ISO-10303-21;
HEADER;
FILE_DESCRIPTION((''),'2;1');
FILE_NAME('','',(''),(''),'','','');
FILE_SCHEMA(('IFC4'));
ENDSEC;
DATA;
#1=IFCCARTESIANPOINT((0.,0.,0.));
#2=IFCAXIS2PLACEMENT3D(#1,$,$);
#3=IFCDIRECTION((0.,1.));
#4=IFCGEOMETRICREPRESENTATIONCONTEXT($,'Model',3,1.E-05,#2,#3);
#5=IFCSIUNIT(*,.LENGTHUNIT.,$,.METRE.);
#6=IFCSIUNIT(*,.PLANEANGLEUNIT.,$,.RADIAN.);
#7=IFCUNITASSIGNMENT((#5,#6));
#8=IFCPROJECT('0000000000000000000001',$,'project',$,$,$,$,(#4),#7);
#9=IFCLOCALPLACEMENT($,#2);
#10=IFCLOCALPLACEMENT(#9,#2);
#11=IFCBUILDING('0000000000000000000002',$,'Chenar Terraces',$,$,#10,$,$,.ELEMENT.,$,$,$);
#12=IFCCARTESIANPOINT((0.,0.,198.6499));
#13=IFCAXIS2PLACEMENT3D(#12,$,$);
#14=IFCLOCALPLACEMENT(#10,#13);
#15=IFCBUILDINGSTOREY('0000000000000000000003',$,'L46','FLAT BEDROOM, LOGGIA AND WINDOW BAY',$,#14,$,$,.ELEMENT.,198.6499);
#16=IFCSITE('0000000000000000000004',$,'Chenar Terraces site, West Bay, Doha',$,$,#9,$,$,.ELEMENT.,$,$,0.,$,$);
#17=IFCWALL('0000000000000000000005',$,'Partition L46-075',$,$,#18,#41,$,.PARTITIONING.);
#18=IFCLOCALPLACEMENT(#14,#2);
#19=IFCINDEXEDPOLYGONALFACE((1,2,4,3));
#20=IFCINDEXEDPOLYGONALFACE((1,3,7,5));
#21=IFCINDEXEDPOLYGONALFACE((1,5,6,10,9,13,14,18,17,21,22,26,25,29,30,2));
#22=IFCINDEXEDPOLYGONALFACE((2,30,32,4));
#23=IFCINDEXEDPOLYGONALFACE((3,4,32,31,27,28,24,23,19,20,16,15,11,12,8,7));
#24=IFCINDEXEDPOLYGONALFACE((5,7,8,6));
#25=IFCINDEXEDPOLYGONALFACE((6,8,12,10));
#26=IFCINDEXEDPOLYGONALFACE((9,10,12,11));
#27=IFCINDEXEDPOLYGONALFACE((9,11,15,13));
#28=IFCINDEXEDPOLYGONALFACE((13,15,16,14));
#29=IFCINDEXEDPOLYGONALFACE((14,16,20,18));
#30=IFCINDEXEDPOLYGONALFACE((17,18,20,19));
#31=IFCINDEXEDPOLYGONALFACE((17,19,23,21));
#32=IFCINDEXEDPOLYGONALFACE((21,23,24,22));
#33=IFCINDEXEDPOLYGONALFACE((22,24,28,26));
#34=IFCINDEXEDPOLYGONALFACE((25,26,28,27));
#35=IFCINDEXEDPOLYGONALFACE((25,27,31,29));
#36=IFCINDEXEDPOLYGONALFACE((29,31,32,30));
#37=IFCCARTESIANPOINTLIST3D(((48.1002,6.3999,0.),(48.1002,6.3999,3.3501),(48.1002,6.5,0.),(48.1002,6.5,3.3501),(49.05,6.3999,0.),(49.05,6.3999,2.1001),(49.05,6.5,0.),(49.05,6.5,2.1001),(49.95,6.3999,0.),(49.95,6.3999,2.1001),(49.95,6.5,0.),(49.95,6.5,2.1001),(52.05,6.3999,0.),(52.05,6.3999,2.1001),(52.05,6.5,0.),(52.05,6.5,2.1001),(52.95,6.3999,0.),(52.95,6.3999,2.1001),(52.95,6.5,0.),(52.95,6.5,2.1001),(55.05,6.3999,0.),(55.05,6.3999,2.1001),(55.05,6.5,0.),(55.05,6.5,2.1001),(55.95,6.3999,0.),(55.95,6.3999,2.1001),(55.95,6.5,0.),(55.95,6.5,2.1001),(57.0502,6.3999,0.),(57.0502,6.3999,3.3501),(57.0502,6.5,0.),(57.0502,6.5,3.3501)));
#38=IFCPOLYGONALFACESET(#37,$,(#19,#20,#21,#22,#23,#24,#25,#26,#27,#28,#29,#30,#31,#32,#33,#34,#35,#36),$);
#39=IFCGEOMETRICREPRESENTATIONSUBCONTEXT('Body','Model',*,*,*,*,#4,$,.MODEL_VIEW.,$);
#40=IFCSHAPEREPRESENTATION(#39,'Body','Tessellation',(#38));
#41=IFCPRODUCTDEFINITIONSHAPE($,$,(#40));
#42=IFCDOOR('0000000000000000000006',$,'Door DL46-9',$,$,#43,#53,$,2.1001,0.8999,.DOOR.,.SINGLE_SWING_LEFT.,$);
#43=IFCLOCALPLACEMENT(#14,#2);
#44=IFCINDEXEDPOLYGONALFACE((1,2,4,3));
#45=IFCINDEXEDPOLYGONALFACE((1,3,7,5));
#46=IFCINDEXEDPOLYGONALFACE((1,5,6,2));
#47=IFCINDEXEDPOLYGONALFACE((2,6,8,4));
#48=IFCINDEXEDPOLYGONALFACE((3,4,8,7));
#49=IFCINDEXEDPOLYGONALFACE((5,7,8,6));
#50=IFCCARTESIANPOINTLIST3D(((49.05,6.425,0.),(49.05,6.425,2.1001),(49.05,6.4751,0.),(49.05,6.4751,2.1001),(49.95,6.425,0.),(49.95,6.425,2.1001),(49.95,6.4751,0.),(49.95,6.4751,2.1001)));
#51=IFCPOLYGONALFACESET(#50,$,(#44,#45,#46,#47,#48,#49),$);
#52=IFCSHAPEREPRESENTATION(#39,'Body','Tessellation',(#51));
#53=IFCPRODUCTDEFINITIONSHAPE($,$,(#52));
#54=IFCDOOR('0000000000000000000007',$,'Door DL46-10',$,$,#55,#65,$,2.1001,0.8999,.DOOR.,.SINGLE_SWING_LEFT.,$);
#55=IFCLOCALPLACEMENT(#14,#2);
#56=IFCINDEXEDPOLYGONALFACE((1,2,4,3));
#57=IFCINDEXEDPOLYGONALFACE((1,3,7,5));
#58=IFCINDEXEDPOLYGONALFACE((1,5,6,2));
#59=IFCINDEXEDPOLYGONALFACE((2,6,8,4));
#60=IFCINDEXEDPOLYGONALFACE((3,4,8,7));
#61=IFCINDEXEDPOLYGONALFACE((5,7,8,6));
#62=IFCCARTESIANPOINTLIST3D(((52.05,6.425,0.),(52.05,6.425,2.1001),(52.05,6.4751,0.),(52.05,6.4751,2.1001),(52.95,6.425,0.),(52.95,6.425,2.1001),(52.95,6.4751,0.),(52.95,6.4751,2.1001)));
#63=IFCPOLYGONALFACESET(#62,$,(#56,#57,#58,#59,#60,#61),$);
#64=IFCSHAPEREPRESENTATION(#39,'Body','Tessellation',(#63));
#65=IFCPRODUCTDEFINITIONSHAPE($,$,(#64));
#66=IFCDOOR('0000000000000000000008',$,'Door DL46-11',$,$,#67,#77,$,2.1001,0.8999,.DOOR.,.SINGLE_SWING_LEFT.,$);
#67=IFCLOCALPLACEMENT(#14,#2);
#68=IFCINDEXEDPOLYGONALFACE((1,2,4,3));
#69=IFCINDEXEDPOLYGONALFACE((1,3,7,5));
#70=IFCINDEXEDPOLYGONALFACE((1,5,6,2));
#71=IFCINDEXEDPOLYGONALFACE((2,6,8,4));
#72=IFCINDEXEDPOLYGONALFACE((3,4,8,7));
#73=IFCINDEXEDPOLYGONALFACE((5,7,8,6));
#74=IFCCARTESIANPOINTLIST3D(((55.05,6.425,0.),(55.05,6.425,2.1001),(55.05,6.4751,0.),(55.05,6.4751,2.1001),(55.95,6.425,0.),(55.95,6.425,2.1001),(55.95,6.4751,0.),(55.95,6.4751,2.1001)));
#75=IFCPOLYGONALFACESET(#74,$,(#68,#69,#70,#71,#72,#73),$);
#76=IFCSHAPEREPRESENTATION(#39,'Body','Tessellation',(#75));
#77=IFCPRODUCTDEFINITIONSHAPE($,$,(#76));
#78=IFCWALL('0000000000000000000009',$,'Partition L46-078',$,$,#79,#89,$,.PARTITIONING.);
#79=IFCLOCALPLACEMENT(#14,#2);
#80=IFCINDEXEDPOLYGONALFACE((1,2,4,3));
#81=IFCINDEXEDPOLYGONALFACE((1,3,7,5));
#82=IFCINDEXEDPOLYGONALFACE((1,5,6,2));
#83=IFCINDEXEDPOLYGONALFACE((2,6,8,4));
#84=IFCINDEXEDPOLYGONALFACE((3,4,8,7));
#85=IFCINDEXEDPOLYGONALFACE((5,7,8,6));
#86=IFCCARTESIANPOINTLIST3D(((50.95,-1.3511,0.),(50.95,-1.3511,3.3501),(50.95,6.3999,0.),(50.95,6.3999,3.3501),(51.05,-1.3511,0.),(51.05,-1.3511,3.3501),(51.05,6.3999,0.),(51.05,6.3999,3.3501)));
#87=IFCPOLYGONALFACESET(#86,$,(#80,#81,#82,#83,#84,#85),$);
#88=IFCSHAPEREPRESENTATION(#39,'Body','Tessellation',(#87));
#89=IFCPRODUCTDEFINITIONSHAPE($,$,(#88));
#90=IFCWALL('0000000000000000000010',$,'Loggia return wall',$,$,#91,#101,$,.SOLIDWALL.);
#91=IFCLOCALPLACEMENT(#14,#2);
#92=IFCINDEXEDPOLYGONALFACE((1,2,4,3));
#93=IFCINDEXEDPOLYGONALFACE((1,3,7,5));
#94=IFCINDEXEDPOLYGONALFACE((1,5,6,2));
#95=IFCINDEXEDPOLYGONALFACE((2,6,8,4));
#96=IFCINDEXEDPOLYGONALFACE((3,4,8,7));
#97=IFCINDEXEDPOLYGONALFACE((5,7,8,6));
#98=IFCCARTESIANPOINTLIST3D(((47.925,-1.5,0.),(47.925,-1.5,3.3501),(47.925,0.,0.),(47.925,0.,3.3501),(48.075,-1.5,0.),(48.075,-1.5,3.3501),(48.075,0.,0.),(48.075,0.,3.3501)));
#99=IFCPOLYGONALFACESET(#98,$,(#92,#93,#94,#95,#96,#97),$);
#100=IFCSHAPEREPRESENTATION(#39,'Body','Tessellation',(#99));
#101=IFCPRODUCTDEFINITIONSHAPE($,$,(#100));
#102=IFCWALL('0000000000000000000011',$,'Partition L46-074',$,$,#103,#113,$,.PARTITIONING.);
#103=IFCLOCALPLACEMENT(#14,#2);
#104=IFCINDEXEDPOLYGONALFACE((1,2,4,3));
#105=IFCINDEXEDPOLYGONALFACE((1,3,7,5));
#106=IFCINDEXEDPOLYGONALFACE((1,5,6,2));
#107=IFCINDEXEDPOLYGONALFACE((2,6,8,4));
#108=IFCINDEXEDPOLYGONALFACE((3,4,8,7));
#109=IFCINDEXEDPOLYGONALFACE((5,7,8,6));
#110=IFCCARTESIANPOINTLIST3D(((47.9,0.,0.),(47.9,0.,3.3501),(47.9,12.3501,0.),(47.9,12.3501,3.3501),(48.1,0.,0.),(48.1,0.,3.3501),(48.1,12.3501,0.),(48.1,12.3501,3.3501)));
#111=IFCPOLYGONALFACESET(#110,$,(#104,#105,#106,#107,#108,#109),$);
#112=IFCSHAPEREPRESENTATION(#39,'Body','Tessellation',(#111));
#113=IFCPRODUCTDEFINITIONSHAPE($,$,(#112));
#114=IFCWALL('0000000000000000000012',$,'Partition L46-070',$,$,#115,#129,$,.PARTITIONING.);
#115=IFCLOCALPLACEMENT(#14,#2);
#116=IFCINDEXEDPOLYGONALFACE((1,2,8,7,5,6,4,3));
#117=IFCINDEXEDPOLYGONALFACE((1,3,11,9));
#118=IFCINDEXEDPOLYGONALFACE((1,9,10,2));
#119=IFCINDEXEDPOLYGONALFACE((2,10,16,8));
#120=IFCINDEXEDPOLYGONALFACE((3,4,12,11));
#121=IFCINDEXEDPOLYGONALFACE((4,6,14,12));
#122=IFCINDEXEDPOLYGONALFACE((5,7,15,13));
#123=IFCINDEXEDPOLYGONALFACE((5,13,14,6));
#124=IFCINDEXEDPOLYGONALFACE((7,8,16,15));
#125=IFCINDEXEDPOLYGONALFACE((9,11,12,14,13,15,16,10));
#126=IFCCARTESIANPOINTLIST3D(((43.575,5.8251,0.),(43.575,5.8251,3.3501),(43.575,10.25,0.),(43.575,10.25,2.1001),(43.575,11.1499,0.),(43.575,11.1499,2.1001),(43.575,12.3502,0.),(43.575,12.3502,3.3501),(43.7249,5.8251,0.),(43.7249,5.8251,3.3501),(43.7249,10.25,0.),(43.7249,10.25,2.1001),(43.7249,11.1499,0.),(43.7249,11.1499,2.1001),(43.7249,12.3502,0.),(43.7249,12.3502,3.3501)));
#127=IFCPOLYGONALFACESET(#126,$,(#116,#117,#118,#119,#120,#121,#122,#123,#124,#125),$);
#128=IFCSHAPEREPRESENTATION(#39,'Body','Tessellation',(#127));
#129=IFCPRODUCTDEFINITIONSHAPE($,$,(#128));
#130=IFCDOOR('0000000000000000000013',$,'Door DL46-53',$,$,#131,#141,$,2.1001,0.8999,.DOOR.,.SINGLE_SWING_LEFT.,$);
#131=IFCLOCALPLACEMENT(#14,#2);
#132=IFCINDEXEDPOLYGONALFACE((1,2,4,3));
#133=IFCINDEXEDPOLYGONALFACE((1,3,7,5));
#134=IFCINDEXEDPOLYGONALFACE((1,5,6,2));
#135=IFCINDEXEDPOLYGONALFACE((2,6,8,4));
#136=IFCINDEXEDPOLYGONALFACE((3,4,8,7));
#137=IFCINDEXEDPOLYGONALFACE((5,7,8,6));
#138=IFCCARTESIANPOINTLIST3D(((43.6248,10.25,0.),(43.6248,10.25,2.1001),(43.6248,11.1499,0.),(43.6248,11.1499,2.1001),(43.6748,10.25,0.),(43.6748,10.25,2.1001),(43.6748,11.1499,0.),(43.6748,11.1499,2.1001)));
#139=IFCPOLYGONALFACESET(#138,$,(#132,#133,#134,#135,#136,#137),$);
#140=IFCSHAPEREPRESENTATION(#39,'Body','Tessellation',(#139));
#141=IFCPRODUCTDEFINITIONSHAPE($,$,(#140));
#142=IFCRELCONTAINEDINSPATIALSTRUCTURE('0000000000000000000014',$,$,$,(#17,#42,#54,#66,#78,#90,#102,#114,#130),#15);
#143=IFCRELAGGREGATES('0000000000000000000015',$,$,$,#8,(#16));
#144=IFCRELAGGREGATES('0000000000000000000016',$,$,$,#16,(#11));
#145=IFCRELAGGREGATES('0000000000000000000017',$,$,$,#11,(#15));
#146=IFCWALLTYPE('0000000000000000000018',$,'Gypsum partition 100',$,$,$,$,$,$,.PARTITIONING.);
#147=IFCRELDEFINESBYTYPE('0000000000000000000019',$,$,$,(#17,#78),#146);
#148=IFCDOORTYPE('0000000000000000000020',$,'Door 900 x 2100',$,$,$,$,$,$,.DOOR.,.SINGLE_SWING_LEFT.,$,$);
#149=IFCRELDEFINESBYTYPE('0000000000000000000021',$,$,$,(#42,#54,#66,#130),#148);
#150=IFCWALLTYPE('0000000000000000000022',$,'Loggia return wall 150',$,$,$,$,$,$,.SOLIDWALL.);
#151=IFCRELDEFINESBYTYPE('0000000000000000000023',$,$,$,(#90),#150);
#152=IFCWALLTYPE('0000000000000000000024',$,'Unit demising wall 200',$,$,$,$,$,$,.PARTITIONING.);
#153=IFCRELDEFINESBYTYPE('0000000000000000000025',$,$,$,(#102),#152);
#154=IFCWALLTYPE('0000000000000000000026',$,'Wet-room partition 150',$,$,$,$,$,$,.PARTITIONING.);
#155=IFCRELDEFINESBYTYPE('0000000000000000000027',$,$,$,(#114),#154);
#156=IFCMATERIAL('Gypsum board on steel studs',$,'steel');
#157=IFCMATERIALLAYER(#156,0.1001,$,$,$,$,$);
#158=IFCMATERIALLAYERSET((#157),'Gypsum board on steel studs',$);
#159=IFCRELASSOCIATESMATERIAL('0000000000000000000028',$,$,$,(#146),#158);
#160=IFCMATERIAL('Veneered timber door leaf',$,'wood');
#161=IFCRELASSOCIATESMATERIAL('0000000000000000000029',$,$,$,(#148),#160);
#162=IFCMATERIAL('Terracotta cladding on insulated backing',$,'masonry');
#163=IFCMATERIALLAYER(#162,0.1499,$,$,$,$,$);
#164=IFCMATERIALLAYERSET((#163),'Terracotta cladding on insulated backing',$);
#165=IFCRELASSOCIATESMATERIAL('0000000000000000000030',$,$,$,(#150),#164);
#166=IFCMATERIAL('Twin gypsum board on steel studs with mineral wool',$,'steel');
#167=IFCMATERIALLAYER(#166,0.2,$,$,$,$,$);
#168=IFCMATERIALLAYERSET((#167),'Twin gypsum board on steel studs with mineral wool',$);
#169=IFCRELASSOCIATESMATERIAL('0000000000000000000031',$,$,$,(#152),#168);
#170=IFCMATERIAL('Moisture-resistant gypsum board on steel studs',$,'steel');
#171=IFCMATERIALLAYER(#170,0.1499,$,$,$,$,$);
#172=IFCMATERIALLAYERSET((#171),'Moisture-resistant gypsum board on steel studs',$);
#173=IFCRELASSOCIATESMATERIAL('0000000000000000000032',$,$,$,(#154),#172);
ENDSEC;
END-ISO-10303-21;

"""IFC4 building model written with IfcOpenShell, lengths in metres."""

from ifc_helpers import new_model, si_unit, direction, frame, frame_2d, origin, place, context, subcontext, project, spatial, rectangle, extrude, material, layer, layer_set, type_object, element, fill, save


model = new_model("IFC4")

# Units and contexts
model_context = context("Model", 3, precision=1e-05, world=origin(), true_north=direction((0.0, 1.0)))
body_context = subcontext(model_context, "Body", "Model", "MODEL_VIEW")
ifc_project = project(units=[si_unit("LENGTHUNIT", "METRE"), si_unit("PLANEANGLEUNIT", "RADIAN")], contexts=[model_context])

# Site, building, storey
site_placement = place(None, origin())
site = spatial("IfcSite", under=ifc_project, at=site_placement, Name="Chenar Terraces site, West Bay, Doha", CompositionType="ELEMENT", RefElevation=0.0)
building_placement = place(site_placement, origin())
building = spatial("IfcBuilding", under=site, at=building_placement, Name="Chenar Terraces", CompositionType="ELEMENT")
storey_placement = place(building_placement, frame((0.0, 0.0, 198.6499)))
storey = spatial("IfcBuildingStorey", under=building, at=storey_placement, Name="L46", Description="FLAT BEDROOM, LOGGIA AND WINDOW BAY", CompositionType="ELEMENT", Elevation=198.6499)

# Wall, openings, doors
ifc_material_1 = material(Name="Gypsum board on steel studs", Category="steel")
ifc_layer_1 = layer(ifc_material_1, 0.1001)
ifc_layer_set_1 = layer_set([ifc_layer_1], Name="Gypsum board on steel studs")
wall_type_1 = type_object("IfcWallType", Name="Gypsum partition 100", PredefinedType="PARTITIONING", material=ifc_layer_set_1)
wall_1_placement = place(storey_placement, frame((48.1001, 6.45, 0.0), z_axis=(0.0, 0.0, 1.0), x_axis=(1.0, 0.0, 0.0)))
wall_1 = element("IfcWall", 1, at=wall_1_placement, inside=storey, type_object=wall_type_1, Name="Partition L46-075", PredefinedType="PARTITIONING", context=body_context, shape_type="SweptSolid", body=[
    extrude(rectangle(XDim=8.95, YDim=0.1001, at=frame_2d((4.4751, 0.0))), origin(), (0.0, 0.0, 1.0), 3.3501),
])
opening_1_placement = place(wall_1_placement, frame((0.95, 0.0, 0.0)))
opening_1 = element("IfcOpeningElement", 2, at=opening_1_placement, cuts=wall_1, PredefinedType="OPENING", context=body_context, shape_type="SweptSolid", body=[
    extrude(rectangle(XDim=0.8999, YDim=2.1001, at=frame_2d((0.45, 1.05))), frame((0.0, 0.0601, 0.0), z_axis=(0.0, -1.0, 0.0), x_axis=(1.0, 0.0, 0.0)), (0.0, 0.0, 1.0), 0.1201),
])
opening_2_placement = place(wall_1_placement, frame((3.95, 0.0, 0.0)))
opening_2 = element("IfcOpeningElement", 3, at=opening_2_placement, cuts=wall_1, PredefinedType="OPENING", context=body_context, shape_type="SweptSolid", body=[
    extrude(rectangle(XDim=0.8999, YDim=2.1001, at=frame_2d((0.45, 1.05))), frame((0.0, 0.0601, 0.0), z_axis=(0.0, -1.0, 0.0), x_axis=(1.0, 0.0, 0.0)), (0.0, 0.0, 1.0), 0.1201),
])
opening_3_placement = place(wall_1_placement, frame((6.95, 0.0, 0.0)))
opening_3 = element("IfcOpeningElement", 4, at=opening_3_placement, cuts=wall_1, PredefinedType="OPENING", context=body_context, shape_type="SweptSolid", body=[
    extrude(rectangle(XDim=0.8999, YDim=2.1001, at=frame_2d((0.45, 1.05))), frame((0.0, 0.0601, 0.0), z_axis=(0.0, -1.0, 0.0), x_axis=(1.0, 0.0, 0.0)), (0.0, 0.0, 1.0), 0.1201),
])
ifc_material_2 = material(Name="Veneered timber door leaf", Category="wood")
door_type_1 = type_object("IfcDoorType", Name="Door 900 x 2100", OperationType="SINGLE_SWING_LEFT", PredefinedType="DOOR", material=ifc_material_2)
door_1_placement = place(opening_1_placement, frame((0.8999, 0.0, 0.0), z_axis=(0.0, 0.0, 1.0), x_axis=(-1.0, 0.0, 0.0)))
door_1 = element("IfcDoor", 5, at=door_1_placement, inside=storey, type_object=door_type_1, Name="Door DL46-9", OperationType="SINGLE_SWING_LEFT", OverallHeight=2.1001, OverallWidth=0.8999, PredefinedType="DOOR", context=body_context, shape_type="SweptSolid", body=[
    extrude(rectangle(XDim=0.8999, YDim=2.1001, at=frame_2d((0.45, 1.05))), frame((0.0, 0.0249, 0.0), z_axis=(0.0, -1.0, 0.0), x_axis=(1.0, 0.0, 0.0)), (0.0, 0.0, 1.0), 0.05),
])
fill(opening_1, door_1)
door_2_placement = place(opening_2_placement, frame((0.8999, 0.0, 0.0), z_axis=(0.0, 0.0, 1.0), x_axis=(-1.0, 0.0, 0.0)))
door_2 = element("IfcDoor", 6, at=door_2_placement, inside=storey, type_object=door_type_1, Name="Door DL46-10", OperationType="SINGLE_SWING_LEFT", OverallHeight=2.1001, OverallWidth=0.8999, PredefinedType="DOOR", context=body_context, shape_type="SweptSolid", body=[
    extrude(rectangle(XDim=0.8999, YDim=2.1001, at=frame_2d((0.45, 1.05))), frame((0.0, 0.0249, 0.0), z_axis=(0.0, -1.0, 0.0), x_axis=(1.0, 0.0, 0.0)), (0.0, 0.0, 1.0), 0.05),
])
fill(opening_2, door_2)
door_3_placement = place(opening_3_placement, frame((0.8999, 0.0, 0.0), z_axis=(0.0, 0.0, 1.0), x_axis=(-1.0, 0.0, 0.0)))
door_3 = element("IfcDoor", 7, at=door_3_placement, inside=storey, type_object=door_type_1, Name="Door DL46-11", OperationType="SINGLE_SWING_LEFT", OverallHeight=2.1001, OverallWidth=0.8999, PredefinedType="DOOR", context=body_context, shape_type="SweptSolid", body=[
    extrude(rectangle(XDim=0.8999, YDim=2.1001, at=frame_2d((0.45, 1.05))), frame((0.0, 0.0249, 0.0), z_axis=(0.0, -1.0, 0.0), x_axis=(1.0, 0.0, 0.0)), (0.0, 0.0, 1.0), 0.05),
])
fill(opening_3, door_3)

# Walls
wall_2_placement = place(storey_placement, frame((51.0, -1.3511, 0.0), z_axis=(0.0, 0.0, 1.0), x_axis=(0.0, 1.0, 0.0)))
element("IfcWall", 8, at=wall_2_placement, inside=storey, type_object=wall_type_1, Name="Partition L46-078", PredefinedType="PARTITIONING", context=body_context, shape_type="SweptSolid", body=[
    extrude(rectangle(XDim=7.751, YDim=0.1001, at=frame_2d((3.8755, 0.0))), origin(), (0.0, 0.0, 1.0), 3.3501),
])
ifc_material_3 = material(Name="Terracotta cladding on insulated backing", Category="masonry")
ifc_layer_2 = layer(ifc_material_3, 0.1499)
ifc_layer_set_2 = layer_set([ifc_layer_2], Name="Terracotta cladding on insulated backing")
wall_type_2 = type_object("IfcWallType", Name="Loggia return wall 150", PredefinedType="SOLIDWALL", material=ifc_layer_set_2)
wall_3_placement = place(storey_placement, frame((48.0, -1.5, 0.0), z_axis=(0.0, 0.0, 1.0), x_axis=(0.0, 1.0, 0.0)))
element("IfcWall", 9, at=wall_3_placement, inside=storey, type_object=wall_type_2, Name="Loggia return wall", PredefinedType="SOLIDWALL", context=body_context, shape_type="SweptSolid", body=[
    extrude(rectangle(XDim=1.5, YDim=0.1499, at=frame_2d((0.75, 0.0))), origin(), (0.0, 0.0, 1.0), 3.3501),
])
ifc_material_4 = material(Name="Twin gypsum board on steel studs with mineral wool", Category="steel")
ifc_layer_3 = layer(ifc_material_4, 0.2)
ifc_layer_set_3 = layer_set([ifc_layer_3], Name="Twin gypsum board on steel studs with mineral wool")
wall_type_3 = type_object("IfcWallType", Name="Unit demising wall 200", PredefinedType="PARTITIONING", material=ifc_layer_set_3)
wall_4_placement = place(storey_placement, frame((48.0, 0.0, 0.0), z_axis=(0.0, 0.0, 1.0), x_axis=(0.0, 1.0, 0.0)))
element("IfcWall", 10, at=wall_4_placement, inside=storey, type_object=wall_type_3, Name="Partition L46-074", PredefinedType="PARTITIONING", context=body_context, shape_type="SweptSolid", body=[
    extrude(rectangle(XDim=12.3501, YDim=0.2, at=frame_2d((6.175, 0.0))), origin(), (0.0, 0.0, 1.0), 3.3501),
])

# Wall, opening, door
ifc_material_5 = material(Name="Moisture-resistant gypsum board on steel studs", Category="steel")
ifc_layer_4 = layer(ifc_material_5, 0.1499)
ifc_layer_set_4 = layer_set([ifc_layer_4], Name="Moisture-resistant gypsum board on steel studs")
wall_type_4 = type_object("IfcWallType", Name="Wet-room partition 150", PredefinedType="PARTITIONING", material=ifc_layer_set_4)
wall_5_placement = place(storey_placement, frame((43.6499, 5.825, 0.0), z_axis=(0.0, 0.0, 1.0), x_axis=(0.0, 1.0, 0.0)))
wall_5 = element("IfcWall", 11, at=wall_5_placement, inside=storey, type_object=wall_type_4, Name="Partition L46-070", PredefinedType="PARTITIONING", context=body_context, shape_type="SweptSolid", body=[
    extrude(rectangle(XDim=6.5251, YDim=0.1499, at=frame_2d((3.2627, 0.0))), origin(), (0.0, 0.0, 1.0), 3.3501),
])
opening_4_placement = place(wall_5_placement, frame((4.425, 0.0, 0.0)))
opening_4 = element("IfcOpeningElement", 12, at=opening_4_placement, cuts=wall_5, PredefinedType="OPENING", context=body_context, shape_type="SweptSolid", body=[
    extrude(rectangle(XDim=0.8999, YDim=2.1001, at=frame_2d((0.45, 1.05))), frame((0.0, 0.085, 0.0), z_axis=(0.0, -1.0, 0.0), x_axis=(1.0, 0.0, 0.0)), (0.0, 0.0, 1.0), 0.1699),
])
door_4_placement = place(opening_4_placement, frame((0.8999, 0.0, 0.0), z_axis=(0.0, 0.0, 1.0), x_axis=(-1.0, 0.0, 0.0)))
door_4 = element("IfcDoor", 13, at=door_4_placement, inside=storey, type_object=door_type_1, Name="Door DL46-53", OperationType="SINGLE_SWING_LEFT", OverallHeight=2.1001, OverallWidth=0.8999, PredefinedType="DOOR", context=body_context, shape_type="SweptSolid", body=[
    extrude(rectangle(XDim=0.8999, YDim=2.1001, at=frame_2d((0.45, 1.05))), frame((0.0, 0.0249, 0.0), z_axis=(0.0, -1.0, 0.0), x_axis=(1.0, 0.0, 0.0)), (0.0, 0.0, 1.0), 0.05),
])
fill(opening_4, door_4)

save(model, "model.ifc")
